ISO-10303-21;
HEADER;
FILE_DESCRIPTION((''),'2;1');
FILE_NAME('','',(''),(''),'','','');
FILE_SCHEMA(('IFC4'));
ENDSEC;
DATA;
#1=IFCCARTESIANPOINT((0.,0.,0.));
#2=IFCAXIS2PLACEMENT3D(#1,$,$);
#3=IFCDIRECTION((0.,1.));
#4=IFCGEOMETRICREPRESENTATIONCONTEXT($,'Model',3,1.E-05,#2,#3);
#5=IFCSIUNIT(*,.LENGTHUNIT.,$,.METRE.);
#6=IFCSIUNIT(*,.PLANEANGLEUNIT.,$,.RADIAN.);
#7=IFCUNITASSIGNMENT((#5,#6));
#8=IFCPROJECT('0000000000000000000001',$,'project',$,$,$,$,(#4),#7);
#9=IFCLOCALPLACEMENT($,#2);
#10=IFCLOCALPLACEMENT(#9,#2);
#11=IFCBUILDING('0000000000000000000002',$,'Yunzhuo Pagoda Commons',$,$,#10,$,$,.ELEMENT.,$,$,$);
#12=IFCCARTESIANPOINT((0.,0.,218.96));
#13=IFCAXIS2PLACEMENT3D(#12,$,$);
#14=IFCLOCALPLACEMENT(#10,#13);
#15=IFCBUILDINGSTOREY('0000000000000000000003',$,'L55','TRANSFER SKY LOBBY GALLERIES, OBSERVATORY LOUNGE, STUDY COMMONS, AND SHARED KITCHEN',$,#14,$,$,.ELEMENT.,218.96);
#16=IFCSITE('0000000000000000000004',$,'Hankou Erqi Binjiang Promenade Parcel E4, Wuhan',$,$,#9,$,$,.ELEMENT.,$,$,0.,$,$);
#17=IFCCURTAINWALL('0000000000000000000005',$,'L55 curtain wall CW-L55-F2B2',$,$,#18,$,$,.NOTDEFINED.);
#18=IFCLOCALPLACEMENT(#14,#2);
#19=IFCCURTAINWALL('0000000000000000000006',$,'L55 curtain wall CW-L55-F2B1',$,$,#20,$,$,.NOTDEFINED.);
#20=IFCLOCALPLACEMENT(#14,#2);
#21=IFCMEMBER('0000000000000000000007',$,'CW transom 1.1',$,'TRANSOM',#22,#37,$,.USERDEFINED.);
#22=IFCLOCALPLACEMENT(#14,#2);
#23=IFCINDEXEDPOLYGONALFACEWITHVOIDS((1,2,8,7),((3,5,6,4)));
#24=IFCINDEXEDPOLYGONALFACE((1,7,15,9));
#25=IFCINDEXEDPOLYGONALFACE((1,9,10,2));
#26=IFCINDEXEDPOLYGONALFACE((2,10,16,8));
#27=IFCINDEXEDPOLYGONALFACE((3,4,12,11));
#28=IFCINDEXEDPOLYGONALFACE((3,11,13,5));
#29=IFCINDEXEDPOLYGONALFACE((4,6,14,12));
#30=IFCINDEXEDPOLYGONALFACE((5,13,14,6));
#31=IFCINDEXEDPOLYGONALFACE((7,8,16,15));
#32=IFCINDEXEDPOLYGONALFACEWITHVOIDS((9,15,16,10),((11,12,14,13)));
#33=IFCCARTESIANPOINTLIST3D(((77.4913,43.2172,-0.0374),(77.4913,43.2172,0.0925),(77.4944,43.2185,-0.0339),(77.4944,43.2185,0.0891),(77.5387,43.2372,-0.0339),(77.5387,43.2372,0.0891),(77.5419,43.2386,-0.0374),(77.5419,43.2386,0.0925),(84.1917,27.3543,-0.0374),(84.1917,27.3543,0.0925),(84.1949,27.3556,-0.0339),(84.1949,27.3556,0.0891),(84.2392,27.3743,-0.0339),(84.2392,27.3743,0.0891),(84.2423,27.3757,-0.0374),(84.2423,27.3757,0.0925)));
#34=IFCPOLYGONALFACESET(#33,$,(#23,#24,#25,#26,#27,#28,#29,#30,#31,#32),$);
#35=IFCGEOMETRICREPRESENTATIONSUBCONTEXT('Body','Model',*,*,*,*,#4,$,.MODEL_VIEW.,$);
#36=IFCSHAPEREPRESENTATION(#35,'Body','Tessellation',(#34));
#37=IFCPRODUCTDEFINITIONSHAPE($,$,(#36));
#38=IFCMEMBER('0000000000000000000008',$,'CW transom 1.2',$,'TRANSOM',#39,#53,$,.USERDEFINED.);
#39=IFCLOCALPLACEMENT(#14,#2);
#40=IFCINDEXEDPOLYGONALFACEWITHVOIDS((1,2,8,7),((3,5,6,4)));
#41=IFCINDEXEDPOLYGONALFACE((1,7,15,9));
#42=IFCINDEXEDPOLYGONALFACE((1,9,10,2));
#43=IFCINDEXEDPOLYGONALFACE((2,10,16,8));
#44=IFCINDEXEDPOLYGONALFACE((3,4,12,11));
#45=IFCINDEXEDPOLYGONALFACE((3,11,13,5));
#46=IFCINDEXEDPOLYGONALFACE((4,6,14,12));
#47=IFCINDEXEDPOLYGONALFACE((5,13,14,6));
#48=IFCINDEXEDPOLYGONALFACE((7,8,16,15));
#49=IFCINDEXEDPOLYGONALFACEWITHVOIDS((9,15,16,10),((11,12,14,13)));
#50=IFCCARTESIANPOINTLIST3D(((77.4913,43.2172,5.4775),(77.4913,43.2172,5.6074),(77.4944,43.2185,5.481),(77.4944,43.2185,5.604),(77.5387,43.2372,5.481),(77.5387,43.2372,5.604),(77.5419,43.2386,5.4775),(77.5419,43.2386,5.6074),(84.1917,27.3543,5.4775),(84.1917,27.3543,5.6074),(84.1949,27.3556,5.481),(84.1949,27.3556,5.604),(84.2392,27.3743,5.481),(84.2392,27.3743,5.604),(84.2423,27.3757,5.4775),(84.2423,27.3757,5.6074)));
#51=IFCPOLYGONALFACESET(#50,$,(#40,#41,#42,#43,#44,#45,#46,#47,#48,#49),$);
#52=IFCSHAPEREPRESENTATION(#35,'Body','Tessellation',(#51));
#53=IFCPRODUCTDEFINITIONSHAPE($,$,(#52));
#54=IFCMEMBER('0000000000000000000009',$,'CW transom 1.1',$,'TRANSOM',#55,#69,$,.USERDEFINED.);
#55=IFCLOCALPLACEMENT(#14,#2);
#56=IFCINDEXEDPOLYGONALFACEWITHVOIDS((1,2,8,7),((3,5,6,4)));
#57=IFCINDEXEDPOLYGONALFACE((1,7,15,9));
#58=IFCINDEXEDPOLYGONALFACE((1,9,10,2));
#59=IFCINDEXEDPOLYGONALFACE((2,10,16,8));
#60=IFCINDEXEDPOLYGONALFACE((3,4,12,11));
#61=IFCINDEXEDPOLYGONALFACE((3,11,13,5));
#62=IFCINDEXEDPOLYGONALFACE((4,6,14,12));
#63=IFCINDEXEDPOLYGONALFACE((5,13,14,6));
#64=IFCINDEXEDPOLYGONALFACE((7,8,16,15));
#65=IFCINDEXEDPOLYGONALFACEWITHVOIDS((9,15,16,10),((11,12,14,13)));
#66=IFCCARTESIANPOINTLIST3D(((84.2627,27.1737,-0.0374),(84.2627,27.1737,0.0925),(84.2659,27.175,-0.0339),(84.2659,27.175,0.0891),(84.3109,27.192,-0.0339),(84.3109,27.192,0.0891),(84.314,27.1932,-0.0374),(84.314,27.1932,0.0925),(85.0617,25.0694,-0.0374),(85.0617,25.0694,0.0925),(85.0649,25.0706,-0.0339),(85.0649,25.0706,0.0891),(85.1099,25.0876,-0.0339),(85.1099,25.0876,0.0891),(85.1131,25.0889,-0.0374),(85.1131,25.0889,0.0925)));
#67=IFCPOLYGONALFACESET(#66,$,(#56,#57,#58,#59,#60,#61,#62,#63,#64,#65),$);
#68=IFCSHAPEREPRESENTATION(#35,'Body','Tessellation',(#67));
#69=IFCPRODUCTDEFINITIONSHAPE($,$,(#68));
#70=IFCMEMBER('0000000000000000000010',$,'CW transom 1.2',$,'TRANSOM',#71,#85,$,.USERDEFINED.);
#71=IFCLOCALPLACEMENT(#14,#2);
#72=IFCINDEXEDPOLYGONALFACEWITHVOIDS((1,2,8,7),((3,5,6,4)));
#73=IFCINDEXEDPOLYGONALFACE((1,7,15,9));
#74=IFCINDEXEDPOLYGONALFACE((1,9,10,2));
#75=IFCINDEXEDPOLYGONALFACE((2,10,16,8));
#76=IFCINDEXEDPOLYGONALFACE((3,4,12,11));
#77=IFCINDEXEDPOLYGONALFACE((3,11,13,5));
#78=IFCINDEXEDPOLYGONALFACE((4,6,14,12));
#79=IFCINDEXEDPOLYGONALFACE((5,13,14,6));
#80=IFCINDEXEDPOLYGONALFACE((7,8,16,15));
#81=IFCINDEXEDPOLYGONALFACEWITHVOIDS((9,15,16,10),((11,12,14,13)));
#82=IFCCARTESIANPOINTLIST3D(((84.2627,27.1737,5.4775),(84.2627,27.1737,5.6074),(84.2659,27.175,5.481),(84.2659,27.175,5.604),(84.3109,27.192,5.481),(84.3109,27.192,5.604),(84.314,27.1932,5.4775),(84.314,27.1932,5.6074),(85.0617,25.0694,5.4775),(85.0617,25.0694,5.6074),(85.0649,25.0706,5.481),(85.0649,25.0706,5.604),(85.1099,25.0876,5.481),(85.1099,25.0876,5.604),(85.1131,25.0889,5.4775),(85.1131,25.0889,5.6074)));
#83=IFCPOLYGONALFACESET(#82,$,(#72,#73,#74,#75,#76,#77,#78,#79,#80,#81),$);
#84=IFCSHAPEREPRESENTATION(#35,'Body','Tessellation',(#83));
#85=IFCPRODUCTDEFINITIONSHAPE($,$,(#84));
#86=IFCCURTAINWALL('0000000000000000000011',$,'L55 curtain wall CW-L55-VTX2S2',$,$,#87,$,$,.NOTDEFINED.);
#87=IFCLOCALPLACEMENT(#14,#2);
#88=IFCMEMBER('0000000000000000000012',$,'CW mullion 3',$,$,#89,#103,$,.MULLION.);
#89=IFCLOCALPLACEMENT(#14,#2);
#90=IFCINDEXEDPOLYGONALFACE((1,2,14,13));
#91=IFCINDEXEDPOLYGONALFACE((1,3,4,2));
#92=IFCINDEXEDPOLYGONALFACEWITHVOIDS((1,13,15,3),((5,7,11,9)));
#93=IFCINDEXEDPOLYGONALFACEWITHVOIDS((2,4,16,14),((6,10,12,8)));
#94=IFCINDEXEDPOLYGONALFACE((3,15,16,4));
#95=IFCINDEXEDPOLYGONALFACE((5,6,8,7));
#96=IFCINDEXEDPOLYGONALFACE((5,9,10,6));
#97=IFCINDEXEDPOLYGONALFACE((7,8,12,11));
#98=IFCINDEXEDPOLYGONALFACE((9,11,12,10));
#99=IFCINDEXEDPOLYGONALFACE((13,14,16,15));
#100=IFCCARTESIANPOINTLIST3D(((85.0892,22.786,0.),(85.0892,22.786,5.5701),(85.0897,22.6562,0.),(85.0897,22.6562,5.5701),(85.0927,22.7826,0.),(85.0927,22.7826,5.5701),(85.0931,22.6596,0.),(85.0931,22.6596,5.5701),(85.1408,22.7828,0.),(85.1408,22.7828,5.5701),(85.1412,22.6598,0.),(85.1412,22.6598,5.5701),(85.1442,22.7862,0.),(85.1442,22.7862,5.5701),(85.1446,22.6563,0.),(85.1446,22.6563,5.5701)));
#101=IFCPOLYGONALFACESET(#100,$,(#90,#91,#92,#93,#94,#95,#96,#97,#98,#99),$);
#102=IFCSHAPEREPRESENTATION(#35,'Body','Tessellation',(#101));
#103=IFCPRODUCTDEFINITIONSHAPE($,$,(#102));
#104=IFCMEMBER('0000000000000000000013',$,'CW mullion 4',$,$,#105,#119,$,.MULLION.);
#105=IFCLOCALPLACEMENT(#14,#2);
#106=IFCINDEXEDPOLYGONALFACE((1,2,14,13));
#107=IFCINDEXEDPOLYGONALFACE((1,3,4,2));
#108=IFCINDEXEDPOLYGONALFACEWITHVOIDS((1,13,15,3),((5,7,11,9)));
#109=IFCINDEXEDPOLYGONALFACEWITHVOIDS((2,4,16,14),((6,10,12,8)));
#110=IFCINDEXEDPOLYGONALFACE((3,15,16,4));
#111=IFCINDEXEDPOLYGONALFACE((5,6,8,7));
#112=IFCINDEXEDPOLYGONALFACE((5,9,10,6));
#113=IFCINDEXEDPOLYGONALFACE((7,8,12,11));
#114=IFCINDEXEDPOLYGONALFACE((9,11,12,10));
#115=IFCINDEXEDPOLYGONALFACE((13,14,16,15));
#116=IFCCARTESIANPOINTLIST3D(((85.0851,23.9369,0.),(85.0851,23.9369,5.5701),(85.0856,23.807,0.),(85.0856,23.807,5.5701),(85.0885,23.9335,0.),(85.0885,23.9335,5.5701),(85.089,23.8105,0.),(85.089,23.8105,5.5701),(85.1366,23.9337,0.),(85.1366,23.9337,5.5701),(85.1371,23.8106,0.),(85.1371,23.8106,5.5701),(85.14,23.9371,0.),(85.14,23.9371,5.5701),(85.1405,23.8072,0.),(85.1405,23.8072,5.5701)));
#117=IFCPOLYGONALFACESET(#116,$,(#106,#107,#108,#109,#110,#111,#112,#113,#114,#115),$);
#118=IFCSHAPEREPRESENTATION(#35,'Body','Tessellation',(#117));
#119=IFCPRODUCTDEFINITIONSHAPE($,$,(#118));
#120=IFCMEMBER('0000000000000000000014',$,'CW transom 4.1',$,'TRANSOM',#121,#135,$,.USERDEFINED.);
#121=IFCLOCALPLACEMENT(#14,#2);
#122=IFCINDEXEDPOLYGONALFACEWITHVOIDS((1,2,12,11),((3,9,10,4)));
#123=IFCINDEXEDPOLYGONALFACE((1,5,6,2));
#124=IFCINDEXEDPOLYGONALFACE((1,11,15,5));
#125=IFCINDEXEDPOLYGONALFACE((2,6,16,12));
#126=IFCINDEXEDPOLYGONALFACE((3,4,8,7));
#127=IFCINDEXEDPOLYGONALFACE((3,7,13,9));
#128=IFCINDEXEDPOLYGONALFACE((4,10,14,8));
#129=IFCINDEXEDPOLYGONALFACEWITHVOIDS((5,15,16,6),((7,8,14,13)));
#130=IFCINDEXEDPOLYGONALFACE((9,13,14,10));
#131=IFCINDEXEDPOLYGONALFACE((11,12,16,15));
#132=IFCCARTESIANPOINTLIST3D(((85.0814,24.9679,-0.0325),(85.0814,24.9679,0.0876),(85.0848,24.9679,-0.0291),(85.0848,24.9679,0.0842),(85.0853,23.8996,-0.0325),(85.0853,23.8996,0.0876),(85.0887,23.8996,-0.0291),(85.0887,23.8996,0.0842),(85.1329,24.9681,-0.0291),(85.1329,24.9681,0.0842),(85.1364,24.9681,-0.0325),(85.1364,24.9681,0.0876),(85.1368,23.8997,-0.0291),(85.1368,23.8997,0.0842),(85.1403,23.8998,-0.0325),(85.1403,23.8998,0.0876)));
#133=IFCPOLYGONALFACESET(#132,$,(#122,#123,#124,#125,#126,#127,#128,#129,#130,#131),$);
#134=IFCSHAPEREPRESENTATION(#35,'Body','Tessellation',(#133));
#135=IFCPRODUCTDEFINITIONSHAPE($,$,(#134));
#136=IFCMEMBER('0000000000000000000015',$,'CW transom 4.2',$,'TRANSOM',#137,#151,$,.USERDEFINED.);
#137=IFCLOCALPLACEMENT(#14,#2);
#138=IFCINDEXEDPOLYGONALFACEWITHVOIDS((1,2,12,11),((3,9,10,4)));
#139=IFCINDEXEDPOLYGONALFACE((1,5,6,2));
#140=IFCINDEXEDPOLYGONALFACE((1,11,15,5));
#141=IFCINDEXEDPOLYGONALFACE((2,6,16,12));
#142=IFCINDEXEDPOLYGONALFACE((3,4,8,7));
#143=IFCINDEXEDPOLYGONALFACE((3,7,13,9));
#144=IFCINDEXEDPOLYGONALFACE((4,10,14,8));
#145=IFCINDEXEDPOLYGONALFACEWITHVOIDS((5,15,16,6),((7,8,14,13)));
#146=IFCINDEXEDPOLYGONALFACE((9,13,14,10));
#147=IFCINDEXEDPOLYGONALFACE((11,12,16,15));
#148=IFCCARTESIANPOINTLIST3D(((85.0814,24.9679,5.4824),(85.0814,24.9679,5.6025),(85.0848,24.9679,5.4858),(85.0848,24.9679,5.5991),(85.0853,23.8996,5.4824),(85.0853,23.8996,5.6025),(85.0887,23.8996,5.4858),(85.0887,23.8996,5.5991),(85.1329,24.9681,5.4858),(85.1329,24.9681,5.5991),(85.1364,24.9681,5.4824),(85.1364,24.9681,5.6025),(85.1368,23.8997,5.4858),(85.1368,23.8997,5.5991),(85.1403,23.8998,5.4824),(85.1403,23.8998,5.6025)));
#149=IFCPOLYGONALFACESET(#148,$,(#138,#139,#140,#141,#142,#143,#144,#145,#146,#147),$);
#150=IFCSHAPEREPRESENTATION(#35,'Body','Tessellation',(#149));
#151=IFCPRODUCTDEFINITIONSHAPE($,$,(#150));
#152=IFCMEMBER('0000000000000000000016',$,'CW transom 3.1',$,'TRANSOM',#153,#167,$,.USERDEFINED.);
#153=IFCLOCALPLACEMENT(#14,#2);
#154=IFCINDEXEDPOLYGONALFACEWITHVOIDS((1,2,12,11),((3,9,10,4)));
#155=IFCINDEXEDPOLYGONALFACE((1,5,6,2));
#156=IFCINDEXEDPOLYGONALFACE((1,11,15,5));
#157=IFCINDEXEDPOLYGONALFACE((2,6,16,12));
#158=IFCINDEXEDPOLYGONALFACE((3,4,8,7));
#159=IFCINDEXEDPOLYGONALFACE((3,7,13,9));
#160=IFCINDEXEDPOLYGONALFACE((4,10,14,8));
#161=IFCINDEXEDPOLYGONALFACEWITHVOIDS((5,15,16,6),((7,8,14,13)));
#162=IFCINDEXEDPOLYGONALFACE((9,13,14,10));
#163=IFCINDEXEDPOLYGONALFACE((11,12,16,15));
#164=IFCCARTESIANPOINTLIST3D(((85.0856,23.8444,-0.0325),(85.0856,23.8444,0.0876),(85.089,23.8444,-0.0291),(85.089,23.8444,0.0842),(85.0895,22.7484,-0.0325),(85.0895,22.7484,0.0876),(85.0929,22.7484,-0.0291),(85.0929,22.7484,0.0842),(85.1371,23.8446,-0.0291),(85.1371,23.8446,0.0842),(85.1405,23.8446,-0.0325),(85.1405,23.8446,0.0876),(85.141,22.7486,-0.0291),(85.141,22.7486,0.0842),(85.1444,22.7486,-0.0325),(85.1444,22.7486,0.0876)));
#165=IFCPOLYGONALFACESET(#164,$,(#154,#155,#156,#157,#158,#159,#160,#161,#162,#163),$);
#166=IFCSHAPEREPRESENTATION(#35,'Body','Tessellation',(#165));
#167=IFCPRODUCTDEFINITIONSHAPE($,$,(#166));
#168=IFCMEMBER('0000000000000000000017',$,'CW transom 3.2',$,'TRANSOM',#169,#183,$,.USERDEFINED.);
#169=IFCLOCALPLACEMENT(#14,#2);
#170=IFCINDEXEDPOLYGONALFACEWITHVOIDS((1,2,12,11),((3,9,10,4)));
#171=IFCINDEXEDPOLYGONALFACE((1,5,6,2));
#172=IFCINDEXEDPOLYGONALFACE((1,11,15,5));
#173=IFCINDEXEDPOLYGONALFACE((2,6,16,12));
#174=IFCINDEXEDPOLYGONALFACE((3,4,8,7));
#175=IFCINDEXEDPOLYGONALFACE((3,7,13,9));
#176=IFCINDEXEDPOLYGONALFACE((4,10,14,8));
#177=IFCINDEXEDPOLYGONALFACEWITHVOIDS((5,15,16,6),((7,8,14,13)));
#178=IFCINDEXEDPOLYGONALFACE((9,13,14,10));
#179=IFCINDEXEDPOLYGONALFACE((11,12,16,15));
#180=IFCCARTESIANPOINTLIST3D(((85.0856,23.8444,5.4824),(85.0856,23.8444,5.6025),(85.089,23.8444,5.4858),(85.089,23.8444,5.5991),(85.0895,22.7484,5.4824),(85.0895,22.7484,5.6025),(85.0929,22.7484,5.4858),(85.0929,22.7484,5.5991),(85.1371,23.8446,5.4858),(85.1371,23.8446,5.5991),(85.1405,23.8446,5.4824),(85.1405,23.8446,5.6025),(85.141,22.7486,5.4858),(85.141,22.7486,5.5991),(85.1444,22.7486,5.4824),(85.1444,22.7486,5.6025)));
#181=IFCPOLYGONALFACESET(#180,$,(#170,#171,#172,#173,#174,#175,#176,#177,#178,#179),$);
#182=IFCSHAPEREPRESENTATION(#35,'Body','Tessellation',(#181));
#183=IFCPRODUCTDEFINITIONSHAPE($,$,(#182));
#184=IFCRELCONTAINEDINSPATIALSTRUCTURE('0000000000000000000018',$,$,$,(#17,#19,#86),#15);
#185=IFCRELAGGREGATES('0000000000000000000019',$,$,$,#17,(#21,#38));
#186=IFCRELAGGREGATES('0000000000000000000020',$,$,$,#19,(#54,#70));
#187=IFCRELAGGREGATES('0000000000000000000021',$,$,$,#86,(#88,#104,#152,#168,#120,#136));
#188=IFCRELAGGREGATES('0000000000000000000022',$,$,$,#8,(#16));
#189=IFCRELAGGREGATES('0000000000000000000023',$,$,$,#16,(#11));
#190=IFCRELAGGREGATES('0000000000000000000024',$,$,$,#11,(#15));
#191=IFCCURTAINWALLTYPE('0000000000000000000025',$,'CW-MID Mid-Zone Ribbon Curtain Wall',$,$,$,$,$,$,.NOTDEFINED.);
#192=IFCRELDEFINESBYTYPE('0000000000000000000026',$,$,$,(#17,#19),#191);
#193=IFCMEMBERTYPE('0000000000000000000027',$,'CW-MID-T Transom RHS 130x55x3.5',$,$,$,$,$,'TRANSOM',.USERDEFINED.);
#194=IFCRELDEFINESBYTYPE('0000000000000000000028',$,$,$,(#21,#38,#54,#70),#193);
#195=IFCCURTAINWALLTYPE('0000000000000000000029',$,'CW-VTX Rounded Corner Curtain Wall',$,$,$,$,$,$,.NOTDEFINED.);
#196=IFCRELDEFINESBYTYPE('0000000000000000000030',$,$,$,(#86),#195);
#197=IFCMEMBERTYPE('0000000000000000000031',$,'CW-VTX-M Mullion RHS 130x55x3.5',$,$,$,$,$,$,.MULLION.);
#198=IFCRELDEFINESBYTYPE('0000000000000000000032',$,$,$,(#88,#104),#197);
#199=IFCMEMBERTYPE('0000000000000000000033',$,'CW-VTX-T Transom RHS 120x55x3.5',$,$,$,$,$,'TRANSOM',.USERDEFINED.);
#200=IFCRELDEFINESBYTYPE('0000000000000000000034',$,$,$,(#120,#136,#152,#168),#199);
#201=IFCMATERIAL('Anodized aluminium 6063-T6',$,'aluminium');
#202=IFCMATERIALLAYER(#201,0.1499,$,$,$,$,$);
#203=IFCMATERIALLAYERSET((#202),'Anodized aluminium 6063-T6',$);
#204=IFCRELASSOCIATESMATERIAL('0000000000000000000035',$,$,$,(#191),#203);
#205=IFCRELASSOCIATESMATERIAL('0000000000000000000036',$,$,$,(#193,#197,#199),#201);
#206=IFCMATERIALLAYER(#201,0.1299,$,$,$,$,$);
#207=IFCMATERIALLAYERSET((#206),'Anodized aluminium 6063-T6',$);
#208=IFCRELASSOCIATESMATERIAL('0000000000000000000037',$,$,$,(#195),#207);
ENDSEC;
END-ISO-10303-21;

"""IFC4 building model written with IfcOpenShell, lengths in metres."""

from ifc_helpers import new_model, si_unit, direction, frame, origin, origin_2d, place, context, subcontext, project, spatial, hollow_rectangle, extrude, source, transform, mapped, material, layer, layer_set, material_profile, profile_set, type_object, element, aggregate, save


model = new_model("IFC4")

# Units and contexts
model_context = context("Model", 3, precision=1e-05, world=origin(), true_north=direction((0.0, 1.0)))
body_context = subcontext(model_context, "Body", "Model", "MODEL_VIEW")
ifc_project = project(units=[si_unit("LENGTHUNIT", "METRE"), si_unit("PLANEANGLEUNIT", "RADIAN")], contexts=[model_context])

# Site, building, storey
site_placement = place(None, origin())
site = spatial("IfcSite", under=ifc_project, at=site_placement, Name="Hankou Erqi Binjiang Promenade Parcel E4, Wuhan", CompositionType="ELEMENT", RefElevation=0.0)
building_placement = place(site_placement, origin())
building = spatial("IfcBuilding", under=site, at=building_placement, Name="Yunzhuo Pagoda Commons", CompositionType="ELEMENT")
storey_placement = place(building_placement, frame((0.0, 0.0, 218.96)))
storey = spatial("IfcBuildingStorey", under=building, at=storey_placement, Name="L55", Description="TRANSFER SKY LOBBY GALLERIES, OBSERVATORY LOUNGE, STUDY COMMONS, AND SHARED KITCHEN", CompositionType="ELEMENT", Elevation=218.96)

# Curtain wall
ifc_material_1 = material(Name="Anodized aluminium 6063-T6", Category="aluminium")
ifc_layer_1 = layer(ifc_material_1, 0.1499)
ifc_layer_set_1 = layer_set([ifc_layer_1], Name="Anodized aluminium 6063-T6")
curtain_wall_type_1 = type_object("IfcCurtainWallType", Name="CW-MID Mid-Zone Ribbon Curtain Wall", PredefinedType="NOTDEFINED", material=ifc_layer_set_1)
curtain_wall_1_placement = place(storey_placement, origin())
curtain_wall_1 = element("IfcCurtainWall", 1, at=curtain_wall_1_placement, inside=storey, type_object=curtain_wall_type_1, Name="L55 curtain wall CW-L55-F2B2", PredefinedType="NOTDEFINED")

# Curtain wall
curtain_wall_2_placement = place(storey_placement, origin())
curtain_wall_2 = element("IfcCurtainWall", 2, at=curtain_wall_2_placement, inside=storey, type_object=curtain_wall_type_1, Name="L55 curtain wall CW-L55-F2B1", PredefinedType="NOTDEFINED")

# Members
ifc_material_profile_1 = material_profile(ifc_material_1, hollow_rectangle(XDim=0.0549, YDim=0.1299, WallThickness=0.0034, at=origin_2d()), Name="Anodized aluminium 6063-T6")
ifc_profile_set_1 = profile_set([ifc_material_profile_1], Name="Anodized aluminium 6063-T6")
member_type_1 = type_object("IfcMemberType", Name="CW-MID-T Transom RHS 130x55x3.5", ElementType="TRANSOM", PredefinedType="USERDEFINED", material=ifc_profile_set_1)
shared_shape_1 = source(origin(), body_context, "Body", "SweptSolid", [
    extrude(hollow_rectangle(XDim=0.0549, YDim=0.1299, WallThickness=0.0034, at=origin_2d()), origin(), (0.0, 0.0, 1.0), 17.22),
])
member_1_placement = place(storey_placement, frame((84.217, 27.365, 0.0276), z_axis=(-0.389111, 0.921191, 0.0), x_axis=(-0.921191, -0.389111, 0.0)))
member_1 = element("IfcMember", 3, at=member_1_placement, type_object=member_type_1, Name="CW transom 1.1", ObjectType="TRANSOM", PredefinedType="USERDEFINED", context=body_context, shape_type="MappedRepresentation", body=[
    mapped(shared_shape_1, transform((0.0, 0.0, 0.0), scale=1.0)),
])
member_2_placement = place(storey_placement, frame((84.217, 27.365, 5.5425), z_axis=(-0.389111, 0.921191, 0.0), x_axis=(-0.921191, -0.389111, 0.0)))
member_2 = element("IfcMember", 4, at=member_2_placement, type_object=member_type_1, Name="CW transom 1.2", ObjectType="TRANSOM", PredefinedType="USERDEFINED", context=body_context, shape_type="MappedRepresentation", body=[
    mapped(shared_shape_1, transform((0.0, 0.0, 0.0), scale=1.0)),
])
shared_shape_2 = source(origin(), body_context, "Body", "SweptSolid", [
    extrude(hollow_rectangle(XDim=0.0549, YDim=0.1299, WallThickness=0.0034, at=origin_2d()), origin(), (0.0, 0.0, 1.0), 2.251),
])
member_3_placement = place(storey_placement, frame((85.0874, 25.0791, 0.0276), z_axis=(-0.354971, 0.934877, 0.0), x_axis=(-0.934877, -0.354971, 0.0)))
member_3 = element("IfcMember", 5, at=member_3_placement, type_object=member_type_1, Name="CW transom 1.1", ObjectType="TRANSOM", PredefinedType="USERDEFINED", context=body_context, shape_type="MappedRepresentation", body=[
    mapped(shared_shape_2, transform((0.0, 0.0, 0.0), scale=1.0)),
])
member_4_placement = place(storey_placement, frame((85.0874, 25.0791, 5.5425), z_axis=(-0.354971, 0.934877, 0.0), x_axis=(-0.934877, -0.354971, 0.0)))
member_4 = element("IfcMember", 6, at=member_4_placement, type_object=member_type_1, Name="CW transom 1.2", ObjectType="TRANSOM", PredefinedType="USERDEFINED", context=body_context, shape_type="MappedRepresentation", body=[
    mapped(shared_shape_2, transform((0.0, 0.0, 0.0), scale=1.0)),
])

# Curtain wall, members
ifc_layer_2 = layer(ifc_material_1, 0.1299)
ifc_layer_set_2 = layer_set([ifc_layer_2], Name="Anodized aluminium 6063-T6")
curtain_wall_type_2 = type_object("IfcCurtainWallType", Name="CW-VTX Rounded Corner Curtain Wall", PredefinedType="NOTDEFINED", material=ifc_layer_set_2)
curtain_wall_3_placement = place(storey_placement, origin())
curtain_wall_3 = element("IfcCurtainWall", 7, at=curtain_wall_3_placement, inside=storey, type_object=curtain_wall_type_2, Name="L55 curtain wall CW-L55-VTX2S2", PredefinedType="NOTDEFINED")
ifc_material_profile_2 = material_profile(ifc_material_1, hollow_rectangle(XDim=0.0549, YDim=0.1299, WallThickness=0.0034, at=origin_2d()), Name="Anodized aluminium 6063-T6")
ifc_profile_set_2 = profile_set([ifc_material_profile_2], Name="Anodized aluminium 6063-T6")
member_type_2 = type_object("IfcMemberType", Name="CW-VTX-M Mullion RHS 130x55x3.5", PredefinedType="MULLION", material=ifc_profile_set_2)
shared_shape_3 = source(origin(), body_context, "Body", "SweptSolid", [
    extrude(hollow_rectangle(XDim=0.0549, YDim=0.1299, WallThickness=0.0034, at=origin_2d()), origin(), (0.0, 0.0, 1.0), 5.5701),
])
member_5_placement = place(storey_placement, frame((85.1169, 22.7212, 0.0), z_axis=(0.0, 0.0, 1.0), x_axis=(-0.999994, -0.003584, 0.0)))
member_5 = element("IfcMember", 8, at=member_5_placement, type_object=member_type_2, Name="CW mullion 3", PredefinedType="MULLION", context=body_context, shape_type="MappedRepresentation", body=[
    mapped(shared_shape_3, transform((0.0, 0.0, 0.0), scale=1.0)),
])
member_6_placement = place(storey_placement, frame((85.1128, 23.8721, 0.0), z_axis=(0.0, 0.0, 1.0), x_axis=(-0.999994, -0.003584, 0.0)))
member_6 = element("IfcMember", 9, at=member_6_placement, type_object=member_type_2, Name="CW mullion 4", PredefinedType="MULLION", context=body_context, shape_type="MappedRepresentation", body=[
    mapped(shared_shape_3, transform((0.0, 0.0, 0.0), scale=1.0)),
])
ifc_material_profile_3 = material_profile(ifc_material_1, hollow_rectangle(XDim=0.0549, YDim=0.1201, WallThickness=0.0034, at=origin_2d()), Name="Anodized aluminium 6063-T6")
ifc_profile_set_3 = profile_set([ifc_material_profile_3], Name="Anodized aluminium 6063-T6")
member_type_3 = type_object("IfcMemberType", Name="CW-VTX-T Transom RHS 120x55x3.5", ElementType="TRANSOM", PredefinedType="USERDEFINED", material=ifc_profile_set_3)
shared_shape_4 = source(origin(), body_context, "Body", "SweptSolid", [
    extrude(hollow_rectangle(XDim=0.0549, YDim=0.1201, WallThickness=0.0034, at=origin_2d()), origin(), (0.0, 0.0, 1.0), 1.0684),
])
member_7_placement = place(storey_placement, frame((85.1128, 23.8997, 0.0276), z_axis=(-0.003656, 0.999993, 0.0), x_axis=(-0.999993, -0.003656, 0.0)))
member_7 = element("IfcMember", 10, at=member_7_placement, type_object=member_type_3, Name="CW transom 4.1", ObjectType="TRANSOM", PredefinedType="USERDEFINED", context=body_context, shape_type="MappedRepresentation", body=[
    mapped(shared_shape_4, transform((0.0, 0.0, 0.0), scale=1.0)),
])
member_8_placement = place(storey_placement, frame((85.1128, 23.8997, 5.5425), z_axis=(-0.003656, 0.999993, 0.0), x_axis=(-0.999993, -0.003656, 0.0)))
member_8 = element("IfcMember", 11, at=member_8_placement, type_object=member_type_3, Name="CW transom 4.2", ObjectType="TRANSOM", PredefinedType="USERDEFINED", context=body_context, shape_type="MappedRepresentation", body=[
    mapped(shared_shape_4, transform((0.0, 0.0, 0.0), scale=1.0)),
])
shared_shape_5 = source(origin(), body_context, "Body", "SweptSolid", [
    extrude(hollow_rectangle(XDim=0.0549, YDim=0.1201, WallThickness=0.0034, at=origin_2d()), origin(), (0.0, 0.0, 1.0), 1.0959),
])
member_9_placement = place(storey_placement, frame((85.1169, 22.7485, 0.0276), z_axis=(-0.003564, 0.999994, 0.0), x_axis=(-0.999994, -0.003564, 0.0)))
member_9 = element("IfcMember", 12, at=member_9_placement, type_object=member_type_3, Name="CW transom 3.1", ObjectType="TRANSOM", PredefinedType="USERDEFINED", context=body_context, shape_type="MappedRepresentation", body=[
    mapped(shared_shape_5, transform((0.0, 0.0, 0.0), scale=1.0)),
])
member_10_placement = place(storey_placement, frame((85.1169, 22.7485, 5.5425), z_axis=(-0.003564, 0.999994, 0.0), x_axis=(-0.999994, -0.003564, 0.0)))
member_10 = element("IfcMember", 13, at=member_10_placement, type_object=member_type_3, Name="CW transom 3.2", ObjectType="TRANSOM", PredefinedType="USERDEFINED", context=body_context, shape_type="MappedRepresentation", body=[
    mapped(shared_shape_5, transform((0.0, 0.0, 0.0), scale=1.0)),
])

aggregate(curtain_wall_1, [member_1, member_2])
aggregate(curtain_wall_2, [member_3, member_4])
aggregate(curtain_wall_3, [member_5, member_6, member_9, member_10, member_7, member_8])

save(model, "model.ifc")
